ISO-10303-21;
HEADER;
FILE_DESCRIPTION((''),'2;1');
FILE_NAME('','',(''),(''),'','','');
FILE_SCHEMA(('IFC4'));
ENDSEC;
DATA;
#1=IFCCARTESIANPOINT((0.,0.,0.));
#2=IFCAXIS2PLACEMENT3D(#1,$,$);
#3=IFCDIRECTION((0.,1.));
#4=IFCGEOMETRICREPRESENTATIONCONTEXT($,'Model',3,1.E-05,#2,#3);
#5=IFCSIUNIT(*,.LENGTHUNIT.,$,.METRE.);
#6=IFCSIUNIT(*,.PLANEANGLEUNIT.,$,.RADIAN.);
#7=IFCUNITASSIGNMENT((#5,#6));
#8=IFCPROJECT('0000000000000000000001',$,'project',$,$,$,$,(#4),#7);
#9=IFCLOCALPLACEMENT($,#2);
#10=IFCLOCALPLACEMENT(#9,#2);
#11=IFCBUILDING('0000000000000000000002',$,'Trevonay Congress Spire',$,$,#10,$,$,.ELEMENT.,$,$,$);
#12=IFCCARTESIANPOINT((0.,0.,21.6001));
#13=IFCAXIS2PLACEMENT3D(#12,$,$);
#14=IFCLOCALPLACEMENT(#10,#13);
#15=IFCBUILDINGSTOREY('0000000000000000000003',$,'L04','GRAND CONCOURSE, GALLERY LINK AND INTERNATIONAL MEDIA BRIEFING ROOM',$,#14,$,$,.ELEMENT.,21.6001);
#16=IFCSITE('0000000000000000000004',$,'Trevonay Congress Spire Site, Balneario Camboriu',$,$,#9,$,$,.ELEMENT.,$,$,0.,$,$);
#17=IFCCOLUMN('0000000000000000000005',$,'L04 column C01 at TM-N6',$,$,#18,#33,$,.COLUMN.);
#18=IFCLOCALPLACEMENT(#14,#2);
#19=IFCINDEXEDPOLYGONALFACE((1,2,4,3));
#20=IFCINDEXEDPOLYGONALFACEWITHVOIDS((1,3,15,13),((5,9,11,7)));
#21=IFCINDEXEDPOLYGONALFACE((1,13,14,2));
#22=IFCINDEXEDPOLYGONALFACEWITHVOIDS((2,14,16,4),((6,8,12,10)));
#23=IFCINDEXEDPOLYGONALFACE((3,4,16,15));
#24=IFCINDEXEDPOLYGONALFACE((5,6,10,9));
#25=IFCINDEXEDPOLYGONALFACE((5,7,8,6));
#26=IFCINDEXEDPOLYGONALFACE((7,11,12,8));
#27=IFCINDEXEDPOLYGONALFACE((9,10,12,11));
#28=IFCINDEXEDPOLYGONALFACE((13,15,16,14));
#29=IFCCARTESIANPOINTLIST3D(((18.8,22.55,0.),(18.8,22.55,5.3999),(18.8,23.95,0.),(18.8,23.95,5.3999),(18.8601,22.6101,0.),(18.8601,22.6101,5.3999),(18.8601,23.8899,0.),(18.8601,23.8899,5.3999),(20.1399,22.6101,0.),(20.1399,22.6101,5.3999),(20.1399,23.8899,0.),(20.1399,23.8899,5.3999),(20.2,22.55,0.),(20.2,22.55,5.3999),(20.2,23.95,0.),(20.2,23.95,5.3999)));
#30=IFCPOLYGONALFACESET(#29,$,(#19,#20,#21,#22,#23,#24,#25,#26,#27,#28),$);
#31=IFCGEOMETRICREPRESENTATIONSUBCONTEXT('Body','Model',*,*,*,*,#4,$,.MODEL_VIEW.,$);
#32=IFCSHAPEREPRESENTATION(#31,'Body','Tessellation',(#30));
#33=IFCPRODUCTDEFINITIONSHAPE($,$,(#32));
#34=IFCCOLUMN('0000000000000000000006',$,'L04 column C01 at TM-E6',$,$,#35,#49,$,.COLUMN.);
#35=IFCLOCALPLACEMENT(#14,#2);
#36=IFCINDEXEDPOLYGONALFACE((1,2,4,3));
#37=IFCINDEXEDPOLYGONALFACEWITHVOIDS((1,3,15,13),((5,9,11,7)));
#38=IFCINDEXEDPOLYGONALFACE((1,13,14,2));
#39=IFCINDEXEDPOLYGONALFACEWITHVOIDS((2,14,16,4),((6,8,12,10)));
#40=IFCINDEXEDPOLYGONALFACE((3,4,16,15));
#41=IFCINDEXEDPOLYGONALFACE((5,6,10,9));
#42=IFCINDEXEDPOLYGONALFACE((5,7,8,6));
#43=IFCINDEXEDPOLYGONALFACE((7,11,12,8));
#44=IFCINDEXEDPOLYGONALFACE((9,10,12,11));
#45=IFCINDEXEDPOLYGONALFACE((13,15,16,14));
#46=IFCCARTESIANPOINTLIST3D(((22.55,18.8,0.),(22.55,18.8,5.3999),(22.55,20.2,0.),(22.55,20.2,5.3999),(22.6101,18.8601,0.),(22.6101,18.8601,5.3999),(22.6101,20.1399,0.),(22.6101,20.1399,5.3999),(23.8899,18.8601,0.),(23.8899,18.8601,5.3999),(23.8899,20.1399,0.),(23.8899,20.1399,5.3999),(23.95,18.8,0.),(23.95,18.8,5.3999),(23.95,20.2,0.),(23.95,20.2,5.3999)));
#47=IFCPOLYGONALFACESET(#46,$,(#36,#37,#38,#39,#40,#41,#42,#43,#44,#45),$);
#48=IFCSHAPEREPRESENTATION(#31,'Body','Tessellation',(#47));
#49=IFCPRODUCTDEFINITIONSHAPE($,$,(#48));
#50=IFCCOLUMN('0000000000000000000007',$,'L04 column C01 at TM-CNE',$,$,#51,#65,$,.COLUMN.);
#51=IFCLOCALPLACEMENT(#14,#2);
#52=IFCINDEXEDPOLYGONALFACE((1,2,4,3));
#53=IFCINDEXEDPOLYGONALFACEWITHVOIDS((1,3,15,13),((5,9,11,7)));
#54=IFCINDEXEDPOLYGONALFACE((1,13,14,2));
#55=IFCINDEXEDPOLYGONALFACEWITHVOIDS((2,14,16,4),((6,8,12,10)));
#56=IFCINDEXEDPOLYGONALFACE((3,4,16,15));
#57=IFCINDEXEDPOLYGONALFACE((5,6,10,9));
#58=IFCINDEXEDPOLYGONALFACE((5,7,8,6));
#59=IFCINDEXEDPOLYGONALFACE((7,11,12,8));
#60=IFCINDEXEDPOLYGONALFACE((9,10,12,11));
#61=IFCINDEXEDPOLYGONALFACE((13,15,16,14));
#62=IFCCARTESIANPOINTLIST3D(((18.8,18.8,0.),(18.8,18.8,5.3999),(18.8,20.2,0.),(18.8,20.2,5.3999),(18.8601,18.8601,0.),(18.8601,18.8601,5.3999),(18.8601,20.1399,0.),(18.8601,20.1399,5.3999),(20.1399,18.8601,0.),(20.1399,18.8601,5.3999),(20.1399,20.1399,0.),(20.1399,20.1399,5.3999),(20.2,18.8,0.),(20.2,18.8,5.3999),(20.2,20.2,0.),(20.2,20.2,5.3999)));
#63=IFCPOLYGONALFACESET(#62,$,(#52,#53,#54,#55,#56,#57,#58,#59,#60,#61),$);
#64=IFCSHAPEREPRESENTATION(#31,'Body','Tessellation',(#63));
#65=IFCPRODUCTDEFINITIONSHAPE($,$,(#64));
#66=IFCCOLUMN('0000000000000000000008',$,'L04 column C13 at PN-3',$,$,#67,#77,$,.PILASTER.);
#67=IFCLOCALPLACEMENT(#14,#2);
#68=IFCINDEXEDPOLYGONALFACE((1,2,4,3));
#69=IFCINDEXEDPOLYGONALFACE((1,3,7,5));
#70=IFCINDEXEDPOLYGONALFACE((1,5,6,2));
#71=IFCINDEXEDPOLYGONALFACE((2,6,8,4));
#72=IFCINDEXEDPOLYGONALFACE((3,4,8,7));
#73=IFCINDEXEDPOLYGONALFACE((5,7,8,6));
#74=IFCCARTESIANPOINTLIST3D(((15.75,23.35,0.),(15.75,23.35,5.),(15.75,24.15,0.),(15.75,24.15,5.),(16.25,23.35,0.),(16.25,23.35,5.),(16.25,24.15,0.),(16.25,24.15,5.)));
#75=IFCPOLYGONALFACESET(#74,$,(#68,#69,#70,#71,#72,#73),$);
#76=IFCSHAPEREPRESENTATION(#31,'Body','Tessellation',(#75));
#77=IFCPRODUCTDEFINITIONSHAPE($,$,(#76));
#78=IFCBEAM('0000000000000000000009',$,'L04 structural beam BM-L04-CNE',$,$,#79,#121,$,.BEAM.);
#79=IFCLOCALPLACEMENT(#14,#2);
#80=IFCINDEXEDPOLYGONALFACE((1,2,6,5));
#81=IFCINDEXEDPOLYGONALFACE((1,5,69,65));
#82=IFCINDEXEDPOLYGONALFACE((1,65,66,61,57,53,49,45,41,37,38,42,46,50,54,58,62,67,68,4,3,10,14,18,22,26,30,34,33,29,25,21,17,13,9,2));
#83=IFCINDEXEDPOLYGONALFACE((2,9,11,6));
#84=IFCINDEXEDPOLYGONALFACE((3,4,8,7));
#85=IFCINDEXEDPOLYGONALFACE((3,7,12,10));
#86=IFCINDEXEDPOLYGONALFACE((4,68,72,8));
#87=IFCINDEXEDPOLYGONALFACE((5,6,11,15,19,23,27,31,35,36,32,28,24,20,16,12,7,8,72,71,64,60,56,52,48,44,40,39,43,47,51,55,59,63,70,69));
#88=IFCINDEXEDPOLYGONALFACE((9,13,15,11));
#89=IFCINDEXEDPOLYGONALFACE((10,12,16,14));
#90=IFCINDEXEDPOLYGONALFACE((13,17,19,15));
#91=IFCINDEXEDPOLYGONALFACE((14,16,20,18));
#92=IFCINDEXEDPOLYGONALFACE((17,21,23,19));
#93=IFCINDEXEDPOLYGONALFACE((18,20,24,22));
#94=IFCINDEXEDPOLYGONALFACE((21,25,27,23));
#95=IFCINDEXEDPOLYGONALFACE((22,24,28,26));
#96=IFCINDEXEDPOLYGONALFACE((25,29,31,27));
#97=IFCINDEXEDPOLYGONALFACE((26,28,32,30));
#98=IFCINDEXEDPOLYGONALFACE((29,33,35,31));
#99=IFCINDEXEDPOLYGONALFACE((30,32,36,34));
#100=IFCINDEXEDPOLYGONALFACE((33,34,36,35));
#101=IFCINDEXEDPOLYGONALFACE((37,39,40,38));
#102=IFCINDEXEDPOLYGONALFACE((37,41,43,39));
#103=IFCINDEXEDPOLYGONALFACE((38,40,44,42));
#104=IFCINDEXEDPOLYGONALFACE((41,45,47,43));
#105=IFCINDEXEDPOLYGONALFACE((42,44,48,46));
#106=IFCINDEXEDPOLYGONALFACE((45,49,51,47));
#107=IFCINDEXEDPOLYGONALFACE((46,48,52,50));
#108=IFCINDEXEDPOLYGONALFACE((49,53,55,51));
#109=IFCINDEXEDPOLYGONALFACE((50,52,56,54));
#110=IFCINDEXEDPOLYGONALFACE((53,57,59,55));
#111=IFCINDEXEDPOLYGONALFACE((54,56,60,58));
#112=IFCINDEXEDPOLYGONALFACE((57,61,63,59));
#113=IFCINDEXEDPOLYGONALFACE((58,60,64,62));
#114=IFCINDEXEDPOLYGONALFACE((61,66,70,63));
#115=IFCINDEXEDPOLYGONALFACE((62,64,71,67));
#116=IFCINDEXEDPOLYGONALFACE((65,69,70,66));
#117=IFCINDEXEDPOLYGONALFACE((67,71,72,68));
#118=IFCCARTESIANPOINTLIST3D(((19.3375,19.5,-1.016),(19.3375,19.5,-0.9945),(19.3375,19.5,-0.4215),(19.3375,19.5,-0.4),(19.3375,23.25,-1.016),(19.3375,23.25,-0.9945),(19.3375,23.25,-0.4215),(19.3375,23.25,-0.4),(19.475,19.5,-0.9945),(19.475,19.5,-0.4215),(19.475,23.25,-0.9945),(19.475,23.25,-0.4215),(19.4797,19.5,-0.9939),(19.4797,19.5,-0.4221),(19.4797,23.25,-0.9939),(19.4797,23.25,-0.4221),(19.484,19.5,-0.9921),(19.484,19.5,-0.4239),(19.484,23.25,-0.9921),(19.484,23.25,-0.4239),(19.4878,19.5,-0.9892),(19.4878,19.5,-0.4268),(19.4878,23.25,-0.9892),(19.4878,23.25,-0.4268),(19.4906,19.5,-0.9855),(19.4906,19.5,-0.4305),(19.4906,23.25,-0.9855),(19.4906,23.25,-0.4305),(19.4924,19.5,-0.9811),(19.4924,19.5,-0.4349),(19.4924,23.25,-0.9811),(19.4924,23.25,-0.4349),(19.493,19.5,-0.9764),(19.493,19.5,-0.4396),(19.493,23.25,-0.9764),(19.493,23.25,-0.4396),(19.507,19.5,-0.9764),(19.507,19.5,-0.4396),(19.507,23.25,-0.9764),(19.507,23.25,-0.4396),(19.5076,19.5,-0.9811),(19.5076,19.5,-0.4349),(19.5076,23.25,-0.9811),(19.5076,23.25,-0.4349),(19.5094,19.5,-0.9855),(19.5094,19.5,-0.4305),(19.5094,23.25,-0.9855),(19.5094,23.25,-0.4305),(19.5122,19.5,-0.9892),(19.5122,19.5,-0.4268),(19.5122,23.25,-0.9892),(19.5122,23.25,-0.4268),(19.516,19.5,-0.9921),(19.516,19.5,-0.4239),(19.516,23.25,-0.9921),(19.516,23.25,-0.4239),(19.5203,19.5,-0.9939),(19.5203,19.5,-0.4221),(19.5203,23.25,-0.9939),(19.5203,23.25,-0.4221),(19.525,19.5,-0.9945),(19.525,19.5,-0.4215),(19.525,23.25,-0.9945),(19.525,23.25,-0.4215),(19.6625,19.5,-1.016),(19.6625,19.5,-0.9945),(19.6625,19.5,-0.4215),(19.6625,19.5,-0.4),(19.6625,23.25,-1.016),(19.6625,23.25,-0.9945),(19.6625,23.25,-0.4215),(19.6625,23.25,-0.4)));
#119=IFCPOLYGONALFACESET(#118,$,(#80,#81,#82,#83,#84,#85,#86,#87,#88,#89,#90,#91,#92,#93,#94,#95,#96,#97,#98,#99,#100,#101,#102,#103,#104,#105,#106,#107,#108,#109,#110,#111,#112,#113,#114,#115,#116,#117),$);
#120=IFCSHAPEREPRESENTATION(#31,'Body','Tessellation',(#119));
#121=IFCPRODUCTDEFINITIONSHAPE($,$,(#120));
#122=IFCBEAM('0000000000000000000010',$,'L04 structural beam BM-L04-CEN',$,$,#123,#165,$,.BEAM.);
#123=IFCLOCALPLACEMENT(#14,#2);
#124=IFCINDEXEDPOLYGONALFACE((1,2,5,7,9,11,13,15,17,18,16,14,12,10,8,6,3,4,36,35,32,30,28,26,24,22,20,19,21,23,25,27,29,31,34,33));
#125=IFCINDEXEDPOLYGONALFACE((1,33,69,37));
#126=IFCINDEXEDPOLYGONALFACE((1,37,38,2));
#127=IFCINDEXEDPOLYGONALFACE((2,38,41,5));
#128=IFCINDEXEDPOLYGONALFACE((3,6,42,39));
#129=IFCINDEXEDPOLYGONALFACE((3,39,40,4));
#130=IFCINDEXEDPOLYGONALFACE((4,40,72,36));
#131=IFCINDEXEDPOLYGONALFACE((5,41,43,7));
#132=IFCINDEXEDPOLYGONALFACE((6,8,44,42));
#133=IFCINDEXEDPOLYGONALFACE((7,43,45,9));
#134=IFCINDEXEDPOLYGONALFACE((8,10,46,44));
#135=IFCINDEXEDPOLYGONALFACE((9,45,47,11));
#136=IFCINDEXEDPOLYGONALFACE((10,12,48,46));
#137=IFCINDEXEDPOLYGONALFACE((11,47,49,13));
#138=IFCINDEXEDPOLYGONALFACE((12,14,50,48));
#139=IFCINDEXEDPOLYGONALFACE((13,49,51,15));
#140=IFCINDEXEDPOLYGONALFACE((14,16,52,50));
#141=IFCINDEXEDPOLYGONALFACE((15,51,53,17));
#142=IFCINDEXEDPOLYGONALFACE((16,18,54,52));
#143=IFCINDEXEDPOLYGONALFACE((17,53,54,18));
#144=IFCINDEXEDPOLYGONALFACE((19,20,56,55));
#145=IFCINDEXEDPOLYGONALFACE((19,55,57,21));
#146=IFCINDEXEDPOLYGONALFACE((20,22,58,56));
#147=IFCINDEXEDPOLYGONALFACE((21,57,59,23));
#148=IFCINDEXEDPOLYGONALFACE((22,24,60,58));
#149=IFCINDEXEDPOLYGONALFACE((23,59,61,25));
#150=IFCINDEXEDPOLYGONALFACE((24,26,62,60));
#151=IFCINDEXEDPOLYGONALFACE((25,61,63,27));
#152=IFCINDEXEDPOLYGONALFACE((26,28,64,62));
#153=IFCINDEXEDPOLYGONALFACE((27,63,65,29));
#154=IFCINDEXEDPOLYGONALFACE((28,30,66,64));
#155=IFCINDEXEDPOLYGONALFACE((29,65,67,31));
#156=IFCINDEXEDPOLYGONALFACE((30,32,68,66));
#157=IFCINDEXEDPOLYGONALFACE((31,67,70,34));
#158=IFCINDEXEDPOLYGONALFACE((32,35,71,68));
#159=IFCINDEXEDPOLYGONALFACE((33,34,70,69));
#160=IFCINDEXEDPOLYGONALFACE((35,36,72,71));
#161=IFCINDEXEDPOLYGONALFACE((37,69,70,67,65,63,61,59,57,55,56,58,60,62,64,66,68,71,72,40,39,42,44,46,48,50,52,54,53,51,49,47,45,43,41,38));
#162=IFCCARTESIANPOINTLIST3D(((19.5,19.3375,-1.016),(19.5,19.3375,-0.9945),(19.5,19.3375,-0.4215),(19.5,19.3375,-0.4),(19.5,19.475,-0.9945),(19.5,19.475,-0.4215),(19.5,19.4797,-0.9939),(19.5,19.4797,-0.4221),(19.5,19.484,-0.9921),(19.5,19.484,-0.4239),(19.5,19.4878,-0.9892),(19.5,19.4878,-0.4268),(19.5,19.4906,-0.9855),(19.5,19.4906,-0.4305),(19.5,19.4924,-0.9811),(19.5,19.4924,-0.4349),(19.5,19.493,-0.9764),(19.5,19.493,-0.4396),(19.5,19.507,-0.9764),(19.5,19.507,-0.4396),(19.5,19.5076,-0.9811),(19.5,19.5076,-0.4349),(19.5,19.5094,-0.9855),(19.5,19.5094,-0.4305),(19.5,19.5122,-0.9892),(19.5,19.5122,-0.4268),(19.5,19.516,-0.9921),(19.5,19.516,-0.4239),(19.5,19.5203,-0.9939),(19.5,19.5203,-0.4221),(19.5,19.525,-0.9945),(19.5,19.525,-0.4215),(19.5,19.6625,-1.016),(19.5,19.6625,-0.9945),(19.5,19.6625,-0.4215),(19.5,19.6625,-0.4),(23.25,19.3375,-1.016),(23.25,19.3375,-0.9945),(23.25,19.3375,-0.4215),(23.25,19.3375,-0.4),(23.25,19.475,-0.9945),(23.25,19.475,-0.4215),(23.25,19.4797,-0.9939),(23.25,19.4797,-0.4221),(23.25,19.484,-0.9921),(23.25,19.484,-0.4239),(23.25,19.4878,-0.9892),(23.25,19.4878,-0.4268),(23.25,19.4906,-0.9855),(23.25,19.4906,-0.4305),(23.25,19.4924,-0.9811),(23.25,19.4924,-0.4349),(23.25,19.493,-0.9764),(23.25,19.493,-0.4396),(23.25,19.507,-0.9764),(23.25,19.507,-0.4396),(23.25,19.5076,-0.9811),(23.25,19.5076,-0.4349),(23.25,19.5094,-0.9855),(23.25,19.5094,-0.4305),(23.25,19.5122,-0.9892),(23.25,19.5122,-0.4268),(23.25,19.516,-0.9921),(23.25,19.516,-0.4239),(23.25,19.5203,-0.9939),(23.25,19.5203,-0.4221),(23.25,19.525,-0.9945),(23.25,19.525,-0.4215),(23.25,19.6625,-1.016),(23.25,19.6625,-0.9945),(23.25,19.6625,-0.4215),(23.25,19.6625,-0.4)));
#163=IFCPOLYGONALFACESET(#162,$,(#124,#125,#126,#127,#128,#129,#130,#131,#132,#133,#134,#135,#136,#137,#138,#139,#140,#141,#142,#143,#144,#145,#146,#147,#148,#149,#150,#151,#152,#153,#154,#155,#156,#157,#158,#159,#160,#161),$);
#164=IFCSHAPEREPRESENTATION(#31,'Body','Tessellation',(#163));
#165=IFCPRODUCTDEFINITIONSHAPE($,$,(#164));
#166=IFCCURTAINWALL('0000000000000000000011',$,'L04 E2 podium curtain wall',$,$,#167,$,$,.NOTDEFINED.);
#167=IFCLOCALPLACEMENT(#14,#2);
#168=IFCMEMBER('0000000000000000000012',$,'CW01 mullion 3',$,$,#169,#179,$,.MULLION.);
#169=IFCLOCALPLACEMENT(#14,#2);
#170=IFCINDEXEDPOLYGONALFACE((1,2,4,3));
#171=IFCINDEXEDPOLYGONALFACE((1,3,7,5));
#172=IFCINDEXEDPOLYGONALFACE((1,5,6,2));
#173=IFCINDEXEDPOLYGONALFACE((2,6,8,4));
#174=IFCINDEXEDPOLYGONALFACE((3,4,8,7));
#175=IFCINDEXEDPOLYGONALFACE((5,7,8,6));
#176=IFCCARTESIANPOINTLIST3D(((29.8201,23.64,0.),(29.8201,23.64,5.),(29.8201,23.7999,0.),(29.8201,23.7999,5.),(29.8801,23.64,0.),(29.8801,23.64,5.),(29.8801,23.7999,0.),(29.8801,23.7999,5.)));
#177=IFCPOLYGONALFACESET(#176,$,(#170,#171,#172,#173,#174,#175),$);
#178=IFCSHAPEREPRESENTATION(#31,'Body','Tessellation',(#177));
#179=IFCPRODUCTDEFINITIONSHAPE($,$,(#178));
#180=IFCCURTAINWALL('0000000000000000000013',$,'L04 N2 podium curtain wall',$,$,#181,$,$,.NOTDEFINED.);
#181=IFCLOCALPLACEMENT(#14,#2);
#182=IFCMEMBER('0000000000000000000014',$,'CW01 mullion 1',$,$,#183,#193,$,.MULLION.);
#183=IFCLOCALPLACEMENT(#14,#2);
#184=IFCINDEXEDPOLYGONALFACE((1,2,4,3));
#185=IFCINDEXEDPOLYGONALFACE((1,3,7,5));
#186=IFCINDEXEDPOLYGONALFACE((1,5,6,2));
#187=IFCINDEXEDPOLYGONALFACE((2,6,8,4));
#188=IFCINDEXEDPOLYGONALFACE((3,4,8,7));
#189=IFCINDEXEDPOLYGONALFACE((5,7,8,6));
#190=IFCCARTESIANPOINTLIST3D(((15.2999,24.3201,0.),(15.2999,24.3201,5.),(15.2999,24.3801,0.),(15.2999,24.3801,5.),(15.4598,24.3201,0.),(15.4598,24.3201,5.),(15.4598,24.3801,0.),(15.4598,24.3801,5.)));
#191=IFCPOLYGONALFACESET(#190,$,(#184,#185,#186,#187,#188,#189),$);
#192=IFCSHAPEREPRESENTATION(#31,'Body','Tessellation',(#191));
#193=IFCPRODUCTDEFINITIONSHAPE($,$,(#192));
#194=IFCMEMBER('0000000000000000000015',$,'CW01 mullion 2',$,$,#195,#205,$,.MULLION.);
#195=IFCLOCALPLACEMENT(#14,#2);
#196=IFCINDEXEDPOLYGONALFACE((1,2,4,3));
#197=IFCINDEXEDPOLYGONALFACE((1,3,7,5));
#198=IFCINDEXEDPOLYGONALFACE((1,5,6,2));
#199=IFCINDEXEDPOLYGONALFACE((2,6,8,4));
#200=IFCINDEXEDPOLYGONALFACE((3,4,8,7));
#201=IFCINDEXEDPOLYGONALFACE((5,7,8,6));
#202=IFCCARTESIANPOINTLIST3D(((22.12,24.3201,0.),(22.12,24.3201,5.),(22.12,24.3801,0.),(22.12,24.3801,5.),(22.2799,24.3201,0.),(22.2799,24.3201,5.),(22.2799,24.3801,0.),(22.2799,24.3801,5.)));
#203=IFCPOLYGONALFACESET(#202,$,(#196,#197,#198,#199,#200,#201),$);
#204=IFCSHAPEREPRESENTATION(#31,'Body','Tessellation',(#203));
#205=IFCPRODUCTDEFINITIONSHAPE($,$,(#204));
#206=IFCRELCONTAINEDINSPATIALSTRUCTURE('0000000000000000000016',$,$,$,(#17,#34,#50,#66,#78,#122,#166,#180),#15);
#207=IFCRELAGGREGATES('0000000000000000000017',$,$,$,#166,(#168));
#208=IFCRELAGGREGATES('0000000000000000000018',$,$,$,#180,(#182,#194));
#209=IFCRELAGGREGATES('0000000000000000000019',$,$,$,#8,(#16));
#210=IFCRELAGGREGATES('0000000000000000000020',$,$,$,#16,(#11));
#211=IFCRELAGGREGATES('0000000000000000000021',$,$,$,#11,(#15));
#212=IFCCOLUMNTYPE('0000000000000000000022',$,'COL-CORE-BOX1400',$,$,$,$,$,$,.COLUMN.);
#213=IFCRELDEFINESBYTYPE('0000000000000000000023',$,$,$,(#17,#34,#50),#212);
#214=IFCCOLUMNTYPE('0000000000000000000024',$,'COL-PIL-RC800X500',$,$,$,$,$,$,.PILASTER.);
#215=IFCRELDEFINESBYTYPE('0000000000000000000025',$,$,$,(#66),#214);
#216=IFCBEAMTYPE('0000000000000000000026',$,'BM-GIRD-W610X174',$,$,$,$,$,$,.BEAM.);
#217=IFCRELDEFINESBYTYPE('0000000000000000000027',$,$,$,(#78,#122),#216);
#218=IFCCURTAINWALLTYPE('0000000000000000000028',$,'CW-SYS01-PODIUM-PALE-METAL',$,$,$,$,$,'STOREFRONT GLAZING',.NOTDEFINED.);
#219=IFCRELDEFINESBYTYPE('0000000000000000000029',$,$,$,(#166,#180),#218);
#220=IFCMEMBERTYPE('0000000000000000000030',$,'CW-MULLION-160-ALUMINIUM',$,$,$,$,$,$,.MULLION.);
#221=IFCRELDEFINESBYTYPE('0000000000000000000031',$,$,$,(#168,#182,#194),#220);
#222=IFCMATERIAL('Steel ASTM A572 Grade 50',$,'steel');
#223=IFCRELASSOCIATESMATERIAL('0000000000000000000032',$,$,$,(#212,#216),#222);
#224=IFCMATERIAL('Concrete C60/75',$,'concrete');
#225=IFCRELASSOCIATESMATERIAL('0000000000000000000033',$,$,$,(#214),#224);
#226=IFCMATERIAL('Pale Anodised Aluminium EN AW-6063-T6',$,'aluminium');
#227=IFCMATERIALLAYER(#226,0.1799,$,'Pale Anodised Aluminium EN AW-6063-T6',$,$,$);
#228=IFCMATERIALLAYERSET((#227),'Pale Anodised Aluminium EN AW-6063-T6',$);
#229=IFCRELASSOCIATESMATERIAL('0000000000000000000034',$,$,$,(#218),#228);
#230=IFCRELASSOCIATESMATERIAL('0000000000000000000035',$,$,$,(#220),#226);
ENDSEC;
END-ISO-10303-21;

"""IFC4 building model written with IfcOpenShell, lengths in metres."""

from ifc_helpers import new_model, si_unit, direction, frame, origin, origin_2d, place, context, subcontext, project, spatial, rectangle, hollow_rectangle, i_section, extrude, material, layer, layer_set, material_profile, profile_set, type_object, element, aggregate, save


model = new_model("IFC4")

# Units and contexts
model_context = context("Model", 3, precision=1e-05, world=origin(), true_north=direction((0.0, 1.0)))
body_context = subcontext(model_context, "Body", "Model", "MODEL_VIEW")
ifc_project = project(units=[si_unit("LENGTHUNIT", "METRE"), si_unit("PLANEANGLEUNIT", "RADIAN")], contexts=[model_context])

# Site, building, storey
site_placement = place(None, origin())
site = spatial("IfcSite", under=ifc_project, at=site_placement, Name="Trevonay Congress Spire Site, Balneario Camboriu", CompositionType="ELEMENT", RefElevation=0.0)
building_placement = place(site_placement, origin())
building = spatial("IfcBuilding", under=site, at=building_placement, Name="Trevonay Congress Spire", CompositionType="ELEMENT")
storey_placement = place(building_placement, frame((0.0, 0.0, 21.6001)))
storey = spatial("IfcBuildingStorey", under=building, at=storey_placement, Name="L04", Description="GRAND CONCOURSE, GALLERY LINK AND INTERNATIONAL MEDIA BRIEFING ROOM", CompositionType="ELEMENT", Elevation=21.6001)

# Columns
ifc_material_1 = material(Name="Steel ASTM A572 Grade 50", Category="steel")
ifc_material_profile_1 = material_profile(ifc_material_1, hollow_rectangle(XDim=1.3999, YDim=1.3999, WallThickness=0.0601, at=origin_2d()), Name="BOX 1400x1400x60")
ifc_profile_set_1 = profile_set([ifc_material_profile_1], Name="Steel ASTM A572 Grade 50")
column_type_1 = type_object("IfcColumnType", Name="COL-CORE-BOX1400", PredefinedType="COLUMN", material=ifc_profile_set_1)
for number, where, z_axis, x_axis, name in (
    (1, (19.5, 23.25, 0.0), (0.0, 0.0, 1.0), (1.0, 0.0, 0.0), "L04 column C01 at TM-N6"),
    (2, (23.25, 19.5, 0.0), (0.0, 0.0, 1.0), (1.0, 0.0, 0.0), "L04 column C01 at TM-E6"),
    (3, (19.5, 19.5, 0.0), (0.0, 0.0, 1.0), (1.0, 0.0, 0.0), "L04 column C01 at TM-CNE"),
):
    element("IfcColumn", number, at=place(storey_placement, frame(where, z_axis=z_axis, x_axis=x_axis)), inside=storey, type_object=column_type_1, Name=name, PredefinedType="COLUMN", context=body_context, shape_type="SweptSolid", body=[
        extrude(hollow_rectangle(XDim=1.3999, YDim=1.3999, WallThickness=0.0601, at=origin_2d()), origin(), (0.0, 0.0, 1.0), 5.3999),
    ])
ifc_material_2 = material(Name="Concrete C60/75", Category="concrete")
ifc_material_profile_2 = material_profile(ifc_material_2, rectangle(XDim=0.5, YDim=0.8, at=origin_2d()), Name="RC 800x500")
ifc_profile_set_2 = profile_set([ifc_material_profile_2], Name="Concrete C60/75")
column_type_2 = type_object("IfcColumnType", Name="COL-PIL-RC800X500", PredefinedType="PILASTER", material=ifc_profile_set_2)
column_placement = place(storey_placement, frame((16.0, 23.75, 0.0), z_axis=(0.0, 0.0, 1.0), x_axis=(1.0, 0.0, 0.0)))
element("IfcColumn", 4, at=column_placement, inside=storey, type_object=column_type_2, Name="L04 column C13 at PN-3", PredefinedType="PILASTER", context=body_context, shape_type="SweptSolid", body=[
    extrude(rectangle(XDim=0.5, YDim=0.8, at=origin_2d()), origin(), (0.0, 0.0, 1.0), 5.0),
])

# Beams
ifc_material_profile_3 = material_profile(ifc_material_1, i_section(OverallWidth=0.325, OverallDepth=0.616, WebThickness=0.0139, FlangeThickness=0.0215, FilletRadius=0.0181, at=origin_2d()), Name="W610x174")
ifc_profile_set_3 = profile_set([ifc_material_profile_3], Name="Steel ASTM A572 Grade 50")
beam_type_1 = type_object("IfcBeamType", Name="BM-GIRD-W610X174", PredefinedType="BEAM", material=ifc_profile_set_3)
for number, where, z_axis, x_axis, name in (
    (5, (19.5, 23.25, -0.708), (0.0, -1.0, 0.0), (1.0, 0.0, 0.0), "L04 structural beam BM-L04-CNE"),
    (6, (23.25, 19.5, -0.708), (-1.0, 0.0, 0.0), (0.0, -1.0, 0.0), "L04 structural beam BM-L04-CEN"),
):
    element("IfcBeam", number, at=place(storey_placement, frame(where, z_axis=z_axis, x_axis=x_axis)), inside=storey, type_object=beam_type_1, Name=name, PredefinedType="BEAM", context=body_context, shape_type="SweptSolid", body=[
        extrude(i_section(OverallWidth=0.325, OverallDepth=0.616, WebThickness=0.0139, FlangeThickness=0.0215, FilletRadius=0.0181, at=origin_2d()), origin(), (0.0, 0.0, 1.0), 3.75),
    ])

# Curtain wall, member
ifc_material_3 = material(Name="Pale Anodised Aluminium EN AW-6063-T6", Category="aluminium")
ifc_layer_1 = layer(ifc_material_3, 0.1799, Name="Pale Anodised Aluminium EN AW-6063-T6")
ifc_layer_set_1 = layer_set([ifc_layer_1], Name="Pale Anodised Aluminium EN AW-6063-T6")
curtain_wall_type = type_object("IfcCurtainWallType", Name="CW-SYS01-PODIUM-PALE-METAL", ElementType="STOREFRONT GLAZING", PredefinedType="NOTDEFINED", material=ifc_layer_set_1)
curtain_wall_1_placement = place(storey_placement, origin())
curtain_wall_1 = element("IfcCurtainWall", 7, at=curtain_wall_1_placement, inside=storey, type_object=curtain_wall_type, Name="L04 E2 podium curtain wall", PredefinedType="NOTDEFINED")
ifc_material_profile_4 = material_profile(ifc_material_3, rectangle(XDim=0.0601, YDim=0.1599, at=origin_2d()), Name="CW-MULLION-160-ALUMINIUM")
ifc_profile_set_4 = profile_set([ifc_material_profile_4], Name="Pale Anodised Aluminium EN AW-6063-T6")
member_type_1 = type_object("IfcMemberType", Name="CW-MULLION-160-ALUMINIUM", PredefinedType="MULLION", material=ifc_profile_set_4)
member_1_placement = place(storey_placement, frame((29.8501, 23.72, 0.0), z_axis=(0.0, 0.0, 1.0), x_axis=(-1.0, 0.0, 0.0)))
member_1 = element("IfcMember", 8, at=member_1_placement, type_object=member_type_1, Name="CW01 mullion 3", PredefinedType="MULLION", context=body_context, shape_type="SweptSolid", body=[
    extrude(rectangle(XDim=0.0601, YDim=0.1599, at=origin_2d()), origin(), (0.0, 0.0, 1.0), 5.0),
])

# Curtain wall, members
curtain_wall_2_placement = place(storey_placement, origin())
curtain_wall_2 = element("IfcCurtainWall", 9, at=curtain_wall_2_placement, inside=storey, type_object=curtain_wall_type, Name="L04 N2 podium curtain wall", PredefinedType="NOTDEFINED")
member_2_placement = place(storey_placement, frame((15.3799, 24.3501, 0.0), z_axis=(0.0, 0.0, 1.0), x_axis=(0.0, 1.0, 0.0)))
member_2 = element("IfcMember", 10, at=member_2_placement, type_object=member_type_1, Name="CW01 mullion 1", PredefinedType="MULLION", context=body_context, shape_type="SweptSolid", body=[
    extrude(rectangle(XDim=0.0601, YDim=0.1599, at=origin_2d()), origin(), (0.0, 0.0, 1.0), 5.0),
])
member_3_placement = place(storey_placement, frame((22.2, 24.3501, 0.0), z_axis=(0.0, 0.0, 1.0), x_axis=(0.0, 1.0, 0.0)))
member_3 = element("IfcMember", 11, at=member_3_placement, type_object=member_type_1, Name="CW01 mullion 2", PredefinedType="MULLION", context=body_context, shape_type="SweptSolid", body=[
    extrude(rectangle(XDim=0.0601, YDim=0.1599, at=origin_2d()), origin(), (0.0, 0.0, 1.0), 5.0),
])

aggregate(curtain_wall_1, [member_1])
aggregate(curtain_wall_2, [member_2, member_3])

save(model, "model.ifc")
